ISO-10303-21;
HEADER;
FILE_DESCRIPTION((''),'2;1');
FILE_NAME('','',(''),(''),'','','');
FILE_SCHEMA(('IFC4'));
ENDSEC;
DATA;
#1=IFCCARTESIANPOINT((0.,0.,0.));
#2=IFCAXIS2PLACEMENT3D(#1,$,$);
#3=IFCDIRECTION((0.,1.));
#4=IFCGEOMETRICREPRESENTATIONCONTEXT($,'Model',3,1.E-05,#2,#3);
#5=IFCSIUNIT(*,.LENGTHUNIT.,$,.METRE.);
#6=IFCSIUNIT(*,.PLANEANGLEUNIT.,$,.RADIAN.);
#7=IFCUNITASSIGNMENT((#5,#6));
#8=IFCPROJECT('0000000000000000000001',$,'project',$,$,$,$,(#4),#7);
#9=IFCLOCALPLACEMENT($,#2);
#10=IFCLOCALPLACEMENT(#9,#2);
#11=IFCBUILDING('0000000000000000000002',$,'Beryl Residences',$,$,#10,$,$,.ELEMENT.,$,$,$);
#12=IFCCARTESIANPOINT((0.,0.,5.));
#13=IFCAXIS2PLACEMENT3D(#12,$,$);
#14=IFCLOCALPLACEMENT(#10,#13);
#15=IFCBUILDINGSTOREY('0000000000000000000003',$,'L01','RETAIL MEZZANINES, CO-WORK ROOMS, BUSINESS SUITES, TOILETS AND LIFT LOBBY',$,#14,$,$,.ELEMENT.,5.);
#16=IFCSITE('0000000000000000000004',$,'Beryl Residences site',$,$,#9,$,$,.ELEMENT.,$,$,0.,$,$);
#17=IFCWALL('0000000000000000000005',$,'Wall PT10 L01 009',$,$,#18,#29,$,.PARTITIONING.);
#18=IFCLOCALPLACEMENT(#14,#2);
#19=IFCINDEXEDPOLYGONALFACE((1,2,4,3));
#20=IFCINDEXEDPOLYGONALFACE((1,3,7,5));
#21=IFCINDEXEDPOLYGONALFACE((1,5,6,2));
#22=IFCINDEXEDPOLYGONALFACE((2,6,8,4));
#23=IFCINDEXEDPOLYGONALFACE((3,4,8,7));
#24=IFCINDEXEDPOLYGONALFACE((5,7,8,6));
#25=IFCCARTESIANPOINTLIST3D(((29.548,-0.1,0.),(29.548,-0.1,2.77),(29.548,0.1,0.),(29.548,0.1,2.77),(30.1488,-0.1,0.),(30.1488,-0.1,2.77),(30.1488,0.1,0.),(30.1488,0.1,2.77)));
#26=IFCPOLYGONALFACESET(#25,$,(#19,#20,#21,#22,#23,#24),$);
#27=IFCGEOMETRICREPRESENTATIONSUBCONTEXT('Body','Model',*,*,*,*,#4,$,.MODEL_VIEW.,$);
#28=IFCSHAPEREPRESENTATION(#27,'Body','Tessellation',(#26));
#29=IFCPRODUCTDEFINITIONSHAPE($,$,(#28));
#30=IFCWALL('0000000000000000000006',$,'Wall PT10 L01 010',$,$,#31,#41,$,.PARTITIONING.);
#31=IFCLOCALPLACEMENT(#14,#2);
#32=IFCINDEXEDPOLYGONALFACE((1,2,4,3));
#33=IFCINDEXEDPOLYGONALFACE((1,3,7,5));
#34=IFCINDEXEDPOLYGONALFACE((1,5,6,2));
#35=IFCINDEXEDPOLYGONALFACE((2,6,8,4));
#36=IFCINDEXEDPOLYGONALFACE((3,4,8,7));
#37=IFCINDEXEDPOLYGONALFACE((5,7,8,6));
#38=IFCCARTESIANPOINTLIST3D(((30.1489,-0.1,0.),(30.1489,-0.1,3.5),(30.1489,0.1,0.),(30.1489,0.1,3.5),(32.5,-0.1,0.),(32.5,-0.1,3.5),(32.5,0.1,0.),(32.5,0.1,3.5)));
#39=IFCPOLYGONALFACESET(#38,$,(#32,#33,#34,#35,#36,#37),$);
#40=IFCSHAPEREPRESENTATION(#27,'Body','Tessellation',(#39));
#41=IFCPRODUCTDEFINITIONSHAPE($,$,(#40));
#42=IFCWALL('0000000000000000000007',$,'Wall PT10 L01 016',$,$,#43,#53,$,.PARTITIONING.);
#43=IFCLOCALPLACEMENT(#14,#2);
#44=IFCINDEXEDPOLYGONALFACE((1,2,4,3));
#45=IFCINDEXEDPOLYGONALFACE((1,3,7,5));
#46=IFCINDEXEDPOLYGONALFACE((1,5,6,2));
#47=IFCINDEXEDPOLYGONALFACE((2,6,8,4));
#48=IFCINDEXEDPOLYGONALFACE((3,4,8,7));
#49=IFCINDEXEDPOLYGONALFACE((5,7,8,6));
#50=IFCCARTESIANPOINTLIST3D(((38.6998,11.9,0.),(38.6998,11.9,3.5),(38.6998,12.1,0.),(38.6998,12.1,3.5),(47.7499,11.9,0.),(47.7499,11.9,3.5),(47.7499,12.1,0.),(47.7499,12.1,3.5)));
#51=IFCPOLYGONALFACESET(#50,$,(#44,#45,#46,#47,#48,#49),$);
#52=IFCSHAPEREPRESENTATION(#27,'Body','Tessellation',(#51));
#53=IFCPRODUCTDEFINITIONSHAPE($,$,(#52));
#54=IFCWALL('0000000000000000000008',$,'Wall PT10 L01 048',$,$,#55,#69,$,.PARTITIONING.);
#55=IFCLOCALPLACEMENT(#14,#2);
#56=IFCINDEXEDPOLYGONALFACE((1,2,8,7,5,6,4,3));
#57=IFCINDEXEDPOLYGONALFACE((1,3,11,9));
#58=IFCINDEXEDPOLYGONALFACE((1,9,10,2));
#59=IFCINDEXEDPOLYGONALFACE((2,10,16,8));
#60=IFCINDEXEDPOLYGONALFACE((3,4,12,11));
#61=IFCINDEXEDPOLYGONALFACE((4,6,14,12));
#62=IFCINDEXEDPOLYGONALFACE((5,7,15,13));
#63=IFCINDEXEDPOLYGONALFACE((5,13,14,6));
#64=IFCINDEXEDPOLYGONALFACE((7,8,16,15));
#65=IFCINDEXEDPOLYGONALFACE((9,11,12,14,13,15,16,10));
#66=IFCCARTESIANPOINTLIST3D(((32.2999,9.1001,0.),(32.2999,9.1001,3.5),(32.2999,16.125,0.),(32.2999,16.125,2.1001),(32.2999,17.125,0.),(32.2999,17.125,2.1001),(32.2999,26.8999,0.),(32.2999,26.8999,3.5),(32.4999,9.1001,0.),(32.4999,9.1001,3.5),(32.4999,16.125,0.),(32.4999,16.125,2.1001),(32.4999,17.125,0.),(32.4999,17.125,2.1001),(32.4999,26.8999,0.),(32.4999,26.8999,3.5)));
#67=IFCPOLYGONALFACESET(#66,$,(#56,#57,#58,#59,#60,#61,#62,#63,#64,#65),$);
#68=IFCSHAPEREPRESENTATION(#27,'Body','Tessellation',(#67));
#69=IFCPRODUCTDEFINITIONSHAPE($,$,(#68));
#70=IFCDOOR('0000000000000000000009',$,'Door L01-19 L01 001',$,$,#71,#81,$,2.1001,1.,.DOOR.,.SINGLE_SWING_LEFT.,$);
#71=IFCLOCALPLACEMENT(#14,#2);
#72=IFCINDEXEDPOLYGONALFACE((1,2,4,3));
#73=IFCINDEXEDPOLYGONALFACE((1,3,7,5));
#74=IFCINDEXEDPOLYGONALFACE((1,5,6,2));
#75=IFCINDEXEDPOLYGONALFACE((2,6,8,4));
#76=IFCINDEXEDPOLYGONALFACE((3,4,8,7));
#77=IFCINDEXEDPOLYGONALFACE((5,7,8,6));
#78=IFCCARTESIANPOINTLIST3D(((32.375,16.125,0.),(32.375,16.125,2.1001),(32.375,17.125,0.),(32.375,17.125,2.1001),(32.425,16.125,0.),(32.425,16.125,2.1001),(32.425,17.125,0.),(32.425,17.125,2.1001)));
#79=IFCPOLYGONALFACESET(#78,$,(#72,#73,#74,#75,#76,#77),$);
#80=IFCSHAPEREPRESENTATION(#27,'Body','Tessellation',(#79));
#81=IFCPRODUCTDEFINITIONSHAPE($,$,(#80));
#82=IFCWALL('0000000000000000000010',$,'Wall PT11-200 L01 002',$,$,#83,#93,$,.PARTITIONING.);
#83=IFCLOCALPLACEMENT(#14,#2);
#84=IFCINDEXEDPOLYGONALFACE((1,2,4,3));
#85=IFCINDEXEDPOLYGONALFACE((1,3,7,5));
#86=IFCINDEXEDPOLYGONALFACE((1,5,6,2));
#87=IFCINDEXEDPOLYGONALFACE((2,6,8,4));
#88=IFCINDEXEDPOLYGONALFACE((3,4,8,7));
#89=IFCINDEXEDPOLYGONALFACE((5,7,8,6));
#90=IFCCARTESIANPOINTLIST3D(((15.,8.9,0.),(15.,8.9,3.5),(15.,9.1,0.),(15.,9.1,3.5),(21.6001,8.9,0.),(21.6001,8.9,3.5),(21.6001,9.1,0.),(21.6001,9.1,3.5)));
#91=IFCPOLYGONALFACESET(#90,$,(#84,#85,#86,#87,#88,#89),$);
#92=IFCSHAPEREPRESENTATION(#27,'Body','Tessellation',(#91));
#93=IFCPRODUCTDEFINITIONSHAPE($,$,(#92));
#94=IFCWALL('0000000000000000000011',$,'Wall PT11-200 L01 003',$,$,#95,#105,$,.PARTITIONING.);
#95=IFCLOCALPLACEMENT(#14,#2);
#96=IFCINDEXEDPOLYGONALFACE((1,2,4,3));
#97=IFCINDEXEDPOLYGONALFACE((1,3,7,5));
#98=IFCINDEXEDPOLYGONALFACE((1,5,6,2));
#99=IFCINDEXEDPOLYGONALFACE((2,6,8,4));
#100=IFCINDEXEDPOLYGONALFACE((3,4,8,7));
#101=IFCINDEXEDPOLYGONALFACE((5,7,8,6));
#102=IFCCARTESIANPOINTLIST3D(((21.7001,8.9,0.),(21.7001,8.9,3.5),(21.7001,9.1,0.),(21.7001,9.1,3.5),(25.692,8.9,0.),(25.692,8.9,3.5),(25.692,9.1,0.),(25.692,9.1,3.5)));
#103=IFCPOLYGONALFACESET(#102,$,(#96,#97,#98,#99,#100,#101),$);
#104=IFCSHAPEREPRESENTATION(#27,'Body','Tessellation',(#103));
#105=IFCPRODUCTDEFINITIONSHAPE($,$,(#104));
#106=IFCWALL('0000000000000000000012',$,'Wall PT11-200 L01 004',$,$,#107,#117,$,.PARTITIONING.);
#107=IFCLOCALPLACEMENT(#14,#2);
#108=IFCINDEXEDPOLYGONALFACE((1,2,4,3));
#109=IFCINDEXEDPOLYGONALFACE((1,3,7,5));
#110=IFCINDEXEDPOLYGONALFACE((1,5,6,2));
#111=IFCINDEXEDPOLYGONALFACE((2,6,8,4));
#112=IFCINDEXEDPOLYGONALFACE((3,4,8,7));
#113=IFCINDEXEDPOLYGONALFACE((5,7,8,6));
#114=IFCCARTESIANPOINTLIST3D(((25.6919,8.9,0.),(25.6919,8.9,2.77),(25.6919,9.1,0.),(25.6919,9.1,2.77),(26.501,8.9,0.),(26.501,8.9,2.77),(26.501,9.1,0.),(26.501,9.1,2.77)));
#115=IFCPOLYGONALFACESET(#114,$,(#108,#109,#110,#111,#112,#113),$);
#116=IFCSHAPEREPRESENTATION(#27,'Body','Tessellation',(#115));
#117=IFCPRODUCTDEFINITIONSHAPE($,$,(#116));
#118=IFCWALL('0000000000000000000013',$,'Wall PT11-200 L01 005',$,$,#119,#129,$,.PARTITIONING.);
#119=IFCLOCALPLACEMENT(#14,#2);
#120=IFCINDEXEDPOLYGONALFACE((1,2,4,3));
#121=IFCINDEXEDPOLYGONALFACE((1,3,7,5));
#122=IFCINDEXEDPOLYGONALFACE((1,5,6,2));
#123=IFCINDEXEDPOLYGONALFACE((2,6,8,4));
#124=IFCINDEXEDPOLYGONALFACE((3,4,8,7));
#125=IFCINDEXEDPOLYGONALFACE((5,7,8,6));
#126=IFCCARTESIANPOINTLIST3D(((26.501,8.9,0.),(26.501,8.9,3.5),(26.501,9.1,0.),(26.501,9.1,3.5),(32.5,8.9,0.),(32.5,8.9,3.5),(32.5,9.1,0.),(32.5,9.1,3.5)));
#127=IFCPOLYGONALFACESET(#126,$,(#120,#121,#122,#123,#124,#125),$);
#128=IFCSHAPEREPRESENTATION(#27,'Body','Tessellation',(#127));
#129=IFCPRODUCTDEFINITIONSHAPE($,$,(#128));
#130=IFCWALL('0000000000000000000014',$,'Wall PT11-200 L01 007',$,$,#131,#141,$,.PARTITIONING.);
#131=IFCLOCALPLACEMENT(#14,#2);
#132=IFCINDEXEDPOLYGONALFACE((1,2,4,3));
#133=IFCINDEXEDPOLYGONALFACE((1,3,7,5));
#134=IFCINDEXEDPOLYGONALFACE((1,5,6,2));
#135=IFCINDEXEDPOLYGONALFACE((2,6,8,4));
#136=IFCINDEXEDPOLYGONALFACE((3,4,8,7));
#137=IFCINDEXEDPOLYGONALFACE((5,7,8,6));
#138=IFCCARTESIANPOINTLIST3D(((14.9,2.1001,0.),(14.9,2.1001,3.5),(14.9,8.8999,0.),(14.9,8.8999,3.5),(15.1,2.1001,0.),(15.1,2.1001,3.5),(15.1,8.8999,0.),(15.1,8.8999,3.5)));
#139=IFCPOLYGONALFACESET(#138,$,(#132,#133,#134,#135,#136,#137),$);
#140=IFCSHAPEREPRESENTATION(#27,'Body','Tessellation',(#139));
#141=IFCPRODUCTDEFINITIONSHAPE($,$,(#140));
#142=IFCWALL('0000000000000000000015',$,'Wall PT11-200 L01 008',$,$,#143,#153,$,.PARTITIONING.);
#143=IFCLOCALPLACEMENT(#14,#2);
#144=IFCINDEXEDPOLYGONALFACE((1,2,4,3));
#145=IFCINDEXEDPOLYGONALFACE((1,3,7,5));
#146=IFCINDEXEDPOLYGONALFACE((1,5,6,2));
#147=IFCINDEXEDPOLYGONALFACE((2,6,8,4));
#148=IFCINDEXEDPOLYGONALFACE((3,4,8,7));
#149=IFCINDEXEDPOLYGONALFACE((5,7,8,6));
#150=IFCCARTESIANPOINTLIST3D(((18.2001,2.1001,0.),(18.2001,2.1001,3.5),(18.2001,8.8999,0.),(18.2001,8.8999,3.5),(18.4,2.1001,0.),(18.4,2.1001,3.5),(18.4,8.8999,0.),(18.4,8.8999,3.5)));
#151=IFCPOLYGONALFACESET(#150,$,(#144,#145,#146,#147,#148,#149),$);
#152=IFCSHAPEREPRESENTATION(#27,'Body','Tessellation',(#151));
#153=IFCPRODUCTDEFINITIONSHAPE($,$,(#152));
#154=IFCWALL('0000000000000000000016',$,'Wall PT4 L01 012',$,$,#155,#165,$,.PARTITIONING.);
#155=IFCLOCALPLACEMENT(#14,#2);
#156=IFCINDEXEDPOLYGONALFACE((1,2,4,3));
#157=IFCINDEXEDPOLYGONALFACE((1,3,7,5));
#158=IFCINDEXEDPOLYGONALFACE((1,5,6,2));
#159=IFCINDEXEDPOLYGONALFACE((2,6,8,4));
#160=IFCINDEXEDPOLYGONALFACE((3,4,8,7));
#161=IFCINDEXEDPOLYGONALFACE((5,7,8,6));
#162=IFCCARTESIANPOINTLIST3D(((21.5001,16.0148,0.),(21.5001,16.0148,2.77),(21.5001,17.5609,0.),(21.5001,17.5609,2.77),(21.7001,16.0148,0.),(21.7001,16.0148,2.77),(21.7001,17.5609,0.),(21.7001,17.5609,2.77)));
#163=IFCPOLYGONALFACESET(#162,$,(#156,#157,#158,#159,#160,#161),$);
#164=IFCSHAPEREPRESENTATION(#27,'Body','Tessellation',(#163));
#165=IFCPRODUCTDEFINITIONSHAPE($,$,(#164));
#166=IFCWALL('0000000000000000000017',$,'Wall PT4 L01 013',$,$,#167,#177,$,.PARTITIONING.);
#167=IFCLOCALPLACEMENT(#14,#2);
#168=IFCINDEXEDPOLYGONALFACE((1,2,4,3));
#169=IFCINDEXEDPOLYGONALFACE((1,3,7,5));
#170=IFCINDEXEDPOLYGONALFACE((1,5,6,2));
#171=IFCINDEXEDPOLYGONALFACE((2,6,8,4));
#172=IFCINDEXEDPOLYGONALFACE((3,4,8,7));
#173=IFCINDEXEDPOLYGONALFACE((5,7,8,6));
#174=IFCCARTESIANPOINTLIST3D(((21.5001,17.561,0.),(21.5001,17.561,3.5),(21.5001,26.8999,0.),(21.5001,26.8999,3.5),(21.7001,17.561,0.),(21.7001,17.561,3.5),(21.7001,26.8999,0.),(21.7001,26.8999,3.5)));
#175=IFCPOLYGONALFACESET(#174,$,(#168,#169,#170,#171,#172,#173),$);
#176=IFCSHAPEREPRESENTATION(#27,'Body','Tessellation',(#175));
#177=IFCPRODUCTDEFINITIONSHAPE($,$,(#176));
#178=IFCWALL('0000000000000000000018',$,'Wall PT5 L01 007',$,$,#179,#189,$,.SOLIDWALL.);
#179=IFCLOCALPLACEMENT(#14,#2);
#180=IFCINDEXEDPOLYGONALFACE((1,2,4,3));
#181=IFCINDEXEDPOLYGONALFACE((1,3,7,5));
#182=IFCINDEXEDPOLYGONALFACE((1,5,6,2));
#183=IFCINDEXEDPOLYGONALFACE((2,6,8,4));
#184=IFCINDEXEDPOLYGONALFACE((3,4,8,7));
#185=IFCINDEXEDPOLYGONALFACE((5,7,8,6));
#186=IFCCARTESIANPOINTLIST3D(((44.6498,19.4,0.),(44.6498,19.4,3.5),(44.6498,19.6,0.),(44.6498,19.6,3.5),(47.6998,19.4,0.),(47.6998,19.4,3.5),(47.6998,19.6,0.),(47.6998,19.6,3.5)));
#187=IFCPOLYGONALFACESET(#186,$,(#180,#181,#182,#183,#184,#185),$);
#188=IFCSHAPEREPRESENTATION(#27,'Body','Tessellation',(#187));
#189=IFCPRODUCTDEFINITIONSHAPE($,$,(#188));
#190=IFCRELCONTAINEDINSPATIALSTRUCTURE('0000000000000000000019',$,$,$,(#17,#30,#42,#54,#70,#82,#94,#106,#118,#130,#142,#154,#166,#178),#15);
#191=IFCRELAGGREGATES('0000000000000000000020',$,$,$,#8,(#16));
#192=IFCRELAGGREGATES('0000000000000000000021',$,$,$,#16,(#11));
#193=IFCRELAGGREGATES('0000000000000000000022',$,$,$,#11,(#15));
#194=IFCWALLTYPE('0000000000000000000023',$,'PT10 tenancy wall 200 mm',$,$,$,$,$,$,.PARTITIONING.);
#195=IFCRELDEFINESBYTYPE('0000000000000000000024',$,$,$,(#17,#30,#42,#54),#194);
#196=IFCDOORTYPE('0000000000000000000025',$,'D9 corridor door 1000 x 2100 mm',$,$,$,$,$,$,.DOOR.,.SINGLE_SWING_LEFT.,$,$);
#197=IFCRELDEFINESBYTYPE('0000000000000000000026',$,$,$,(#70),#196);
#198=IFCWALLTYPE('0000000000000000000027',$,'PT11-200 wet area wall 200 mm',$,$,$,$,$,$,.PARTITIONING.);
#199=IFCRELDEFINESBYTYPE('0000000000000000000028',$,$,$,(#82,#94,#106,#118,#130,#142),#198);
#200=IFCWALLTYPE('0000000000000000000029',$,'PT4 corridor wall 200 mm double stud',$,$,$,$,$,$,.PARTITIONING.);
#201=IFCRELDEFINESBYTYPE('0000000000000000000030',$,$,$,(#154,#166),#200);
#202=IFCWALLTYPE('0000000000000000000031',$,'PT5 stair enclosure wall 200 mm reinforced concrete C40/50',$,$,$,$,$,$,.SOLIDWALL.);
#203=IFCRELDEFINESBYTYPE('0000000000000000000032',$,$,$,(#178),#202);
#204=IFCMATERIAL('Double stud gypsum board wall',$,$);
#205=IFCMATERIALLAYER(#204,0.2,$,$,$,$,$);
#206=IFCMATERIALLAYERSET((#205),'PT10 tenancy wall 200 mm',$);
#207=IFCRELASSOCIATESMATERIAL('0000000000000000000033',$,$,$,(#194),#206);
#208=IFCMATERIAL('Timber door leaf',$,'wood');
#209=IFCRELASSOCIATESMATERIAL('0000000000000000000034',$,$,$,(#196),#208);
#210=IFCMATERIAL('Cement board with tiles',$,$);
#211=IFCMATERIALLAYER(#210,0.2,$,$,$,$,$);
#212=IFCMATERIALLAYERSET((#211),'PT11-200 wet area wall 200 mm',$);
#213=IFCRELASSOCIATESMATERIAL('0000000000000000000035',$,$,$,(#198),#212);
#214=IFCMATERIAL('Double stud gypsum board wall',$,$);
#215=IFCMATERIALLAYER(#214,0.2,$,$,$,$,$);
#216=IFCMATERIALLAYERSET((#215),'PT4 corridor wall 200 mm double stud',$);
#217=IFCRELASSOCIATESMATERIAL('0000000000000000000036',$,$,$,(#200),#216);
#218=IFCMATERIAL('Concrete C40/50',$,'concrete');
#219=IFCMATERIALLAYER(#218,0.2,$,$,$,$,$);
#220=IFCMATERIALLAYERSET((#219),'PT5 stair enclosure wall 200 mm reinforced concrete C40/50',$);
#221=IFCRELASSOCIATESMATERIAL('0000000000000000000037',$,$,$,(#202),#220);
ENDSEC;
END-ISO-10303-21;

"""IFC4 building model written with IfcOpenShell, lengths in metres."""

from ifc_helpers import new_model, si_unit, direction, frame, frame_2d, origin, place, context, subcontext, project, spatial, rectangle, extrude, material, layer, layer_set, type_object, element, fill, save


model = new_model("IFC4")

# Units and contexts
model_context = context("Model", 3, precision=1e-05, world=origin(), true_north=direction((0.0, 1.0)))
body_context = subcontext(model_context, "Body", "Model", "MODEL_VIEW")
ifc_project = project(units=[si_unit("LENGTHUNIT", "METRE"), si_unit("PLANEANGLEUNIT", "RADIAN")], contexts=[model_context])

# Site, building, storey
site_placement = place(None, origin())
site = spatial("IfcSite", under=ifc_project, at=site_placement, Name="Beryl Residences site", CompositionType="ELEMENT", RefElevation=0.0)
building_placement = place(site_placement, origin())
building = spatial("IfcBuilding", under=site, at=building_placement, Name="Beryl Residences", CompositionType="ELEMENT")
storey_placement = place(building_placement, frame((0.0, 0.0, 5.0)))
storey = spatial("IfcBuildingStorey", under=building, at=storey_placement, Name="L01", Description="RETAIL MEZZANINES, CO-WORK ROOMS, BUSINESS SUITES, TOILETS AND LIFT LOBBY", CompositionType="ELEMENT", Elevation=5.0)

# Walls
ifc_material_1 = material(Name="Double stud gypsum board wall")
ifc_layer_1 = layer(ifc_material_1, 0.2)
ifc_layer_set_1 = layer_set([ifc_layer_1], Name="PT10 tenancy wall 200 mm")
wall_type_1 = type_object("IfcWallType", Name="PT10 tenancy wall 200 mm", PredefinedType="PARTITIONING", material=ifc_layer_set_1)
wall_1_placement = place(storey_placement, frame((29.5481, 0.0, 0.0), z_axis=(0.0, 0.0, 1.0), x_axis=(1.0, 0.0, 0.0)))
element("IfcWall", 1, at=wall_1_placement, inside=storey, type_object=wall_type_1, Name="Wall PT10 L01 009", PredefinedType="PARTITIONING", context=body_context, shape_type="SweptSolid", body=[
    extrude(rectangle(XDim=0.6008, YDim=0.2, at=frame_2d((0.3003, 0.0))), origin(), (0.0, 0.0, 1.0), 2.77),
])
wall_2_placement = place(storey_placement, frame((30.1489, 0.0, 0.0), z_axis=(0.0, 0.0, 1.0), x_axis=(1.0, 0.0, 0.0)))
element("IfcWall", 2, at=wall_2_placement, inside=storey, type_object=wall_type_1, Name="Wall PT10 L01 010", PredefinedType="PARTITIONING", context=body_context, shape_type="SweptSolid", body=[
    extrude(rectangle(XDim=2.3511, YDim=0.2, at=frame_2d((1.1755, 0.0))), origin(), (0.0, 0.0, 1.0), 3.5),
])
wall_3_placement = place(storey_placement, frame((38.7, 12.0, 0.0), z_axis=(0.0, 0.0, 1.0), x_axis=(1.0, 0.0, 0.0)))
element("IfcWall", 3, at=wall_3_placement, inside=storey, type_object=wall_type_1, Name="Wall PT10 L01 016", PredefinedType="PARTITIONING", context=body_context, shape_type="SweptSolid", body=[
    extrude(rectangle(XDim=9.05, YDim=0.2, at=frame_2d((4.5249, 0.0))), origin(), (0.0, 0.0, 1.0), 3.5),
])

# Wall, opening, door
wall_4_placement = place(storey_placement, frame((32.3999, 9.1001, 0.0), z_axis=(0.0, 0.0, 1.0), x_axis=(0.0, 1.0, 0.0)))
wall_4 = element("IfcWall", 4, at=wall_4_placement, inside=storey, type_object=wall_type_1, Name="Wall PT10 L01 048", PredefinedType="PARTITIONING", context=body_context, shape_type="SweptSolid", body=[
    extrude(rectangle(XDim=17.7998, YDim=0.2, at=frame_2d((8.8999, 0.0))), origin(), (0.0, 0.0, 1.0), 3.5),
])
opening_placement = place(wall_4_placement, frame((7.0249, 0.0, 0.0)))
opening = element("IfcOpeningElement", 5, at=opening_placement, cuts=wall_4, PredefinedType="OPENING", context=body_context, shape_type="SweptSolid", body=[
    extrude(rectangle(XDim=1.0, YDim=2.1001, at=frame_2d((0.5, 1.05))), frame((0.0, 0.1099, 0.0), z_axis=(0.0, -1.0, 0.0), x_axis=(1.0, 0.0, 0.0)), (0.0, 0.0, 1.0), 0.22),
])
ifc_material_2 = material(Name="Timber door leaf", Category="wood")
door_type = type_object("IfcDoorType", Name="D9 corridor door 1000 x 2100 mm", OperationType="SINGLE_SWING_LEFT", PredefinedType="DOOR", material=ifc_material_2)
door_placement = place(opening_placement, origin())
door = element("IfcDoor", 6, at=door_placement, inside=storey, type_object=door_type, Name="Door L01-19 L01 001", OperationType="SINGLE_SWING_LEFT", OverallHeight=2.1001, OverallWidth=1.0, PredefinedType="DOOR", context=body_context, shape_type="SweptSolid", body=[
    extrude(rectangle(XDim=1.0, YDim=2.1001, at=frame_2d((0.5, 1.05))), frame((0.0, 0.0249, 0.0), z_axis=(0.0, -1.0, 0.0), x_axis=(1.0, 0.0, 0.0)), (0.0, 0.0, 1.0), 0.05),
])
fill(opening, door)

# Walls
ifc_material_3 = material(Name="Cement board with tiles")
ifc_layer_2 = layer(ifc_material_3, 0.2)
ifc_layer_set_2 = layer_set([ifc_layer_2], Name="PT11-200 wet area wall 200 mm")
wall_type_2 = type_object("IfcWallType", Name="PT11-200 wet area wall 200 mm", PredefinedType="PARTITIONING", material=ifc_layer_set_2)
wall_5_placement = place(storey_placement, frame((15.0, 9.0, 0.0), z_axis=(0.0, 0.0, 1.0), x_axis=(1.0, 0.0, 0.0)))
element("IfcWall", 7, at=wall_5_placement, inside=storey, type_object=wall_type_2, Name="Wall PT11-200 L01 002", PredefinedType="PARTITIONING", context=body_context, shape_type="SweptSolid", body=[
    extrude(rectangle(XDim=6.6001, YDim=0.2, at=frame_2d((3.3, 0.0))), origin(), (0.0, 0.0, 1.0), 3.5),
])
wall_6_placement = place(storey_placement, frame((21.7, 9.0, 0.0), z_axis=(0.0, 0.0, 1.0), x_axis=(1.0, 0.0, 0.0)))
element("IfcWall", 8, at=wall_6_placement, inside=storey, type_object=wall_type_2, Name="Wall PT11-200 L01 003", PredefinedType="PARTITIONING", context=body_context, shape_type="SweptSolid", body=[
    extrude(rectangle(XDim=3.9919, YDim=0.2, at=frame_2d((1.9961, 0.0))), origin(), (0.0, 0.0, 1.0), 3.5),
])
wall_7_placement = place(storey_placement, frame((25.6919, 9.0, 0.0), z_axis=(0.0, 0.0, 1.0), x_axis=(1.0, 0.0, 0.0)))
element("IfcWall", 9, at=wall_7_placement, inside=storey, type_object=wall_type_2, Name="Wall PT11-200 L01 004", PredefinedType="PARTITIONING", context=body_context, shape_type="SweptSolid", body=[
    extrude(rectangle(XDim=0.8091, YDim=0.2, at=frame_2d((0.4045, 0.0))), origin(), (0.0, 0.0, 1.0), 2.77),
])
wall_8_placement = place(storey_placement, frame((26.501, 9.0, 0.0), z_axis=(0.0, 0.0, 1.0), x_axis=(1.0, 0.0, 0.0)))
element("IfcWall", 10, at=wall_8_placement, inside=storey, type_object=wall_type_2, Name="Wall PT11-200 L01 005", PredefinedType="PARTITIONING", context=body_context, shape_type="SweptSolid", body=[
    extrude(rectangle(XDim=5.999, YDim=0.2, at=frame_2d((2.9995, 0.0))), origin(), (0.0, 0.0, 1.0), 3.5),
])
for number, where, z_axis, x_axis, name in (
    (11, (15.0, 2.1001, 0.0), (0.0, 0.0, 1.0), (0.0, 1.0, 0.0), "Wall PT11-200 L01 007"),
    (12, (18.3, 2.1001, 0.0), (0.0, 0.0, 1.0), (0.0, 1.0, 0.0), "Wall PT11-200 L01 008"),
):
    element("IfcWall", number, at=place(storey_placement, frame(where, z_axis=z_axis, x_axis=x_axis)), inside=storey, type_object=wall_type_2, Name=name, PredefinedType="PARTITIONING", context=body_context, shape_type="SweptSolid", body=[
        extrude(rectangle(XDim=6.7998, YDim=0.2, at=frame_2d((3.3999, 0.0))), origin(), (0.0, 0.0, 1.0), 3.5),
    ])
ifc_material_4 = material(Name="Double stud gypsum board wall")
ifc_layer_3 = layer(ifc_material_4, 0.2)
ifc_layer_set_3 = layer_set([ifc_layer_3], Name="PT4 corridor wall 200 mm double stud")
wall_type_3 = type_object("IfcWallType", Name="PT4 corridor wall 200 mm double stud", PredefinedType="PARTITIONING", material=ifc_layer_set_3)
wall_9_placement = place(storey_placement, frame((21.6001, 16.0149, 0.0), z_axis=(0.0, 0.0, 1.0), x_axis=(0.0, 1.0, 0.0)))
element("IfcWall", 13, at=wall_9_placement, inside=storey, type_object=wall_type_3, Name="Wall PT4 L01 012", PredefinedType="PARTITIONING", context=body_context, shape_type="SweptSolid", body=[
    extrude(rectangle(XDim=1.5461, YDim=0.2, at=frame_2d((0.7729, 0.0))), origin(), (0.0, 0.0, 1.0), 2.77),
])
wall_10_placement = place(storey_placement, frame((21.6001, 17.561, 0.0), z_axis=(0.0, 0.0, 1.0), x_axis=(0.0, 1.0, 0.0)))
element("IfcWall", 14, at=wall_10_placement, inside=storey, type_object=wall_type_3, Name="Wall PT4 L01 013", PredefinedType="PARTITIONING", context=body_context, shape_type="SweptSolid", body=[
    extrude(rectangle(XDim=9.3389, YDim=0.2, at=frame_2d((4.6694, 0.0))), origin(), (0.0, 0.0, 1.0), 3.5),
])
ifc_material_5 = material(Name="Concrete C40/50", Category="concrete")
ifc_layer_4 = layer(ifc_material_5, 0.2)
ifc_layer_set_4 = layer_set([ifc_layer_4], Name="PT5 stair enclosure wall 200 mm reinforced concrete C40/50")
wall_type_4 = type_object("IfcWallType", Name="PT5 stair enclosure wall 200 mm reinforced concrete C40/50", PredefinedType="SOLIDWALL", material=ifc_layer_set_4)
wall_11_placement = place(storey_placement, frame((44.6499, 19.5, 0.0), z_axis=(0.0, 0.0, 1.0), x_axis=(1.0, 0.0, 0.0)))
element("IfcWall", 15, at=wall_11_placement, inside=storey, type_object=wall_type_4, Name="Wall PT5 L01 007", PredefinedType="SOLIDWALL", context=body_context, shape_type="SweptSolid", body=[
    extrude(rectangle(XDim=3.05, YDim=0.2, at=frame_2d((1.5249, 0.0))), origin(), (0.0, 0.0, 1.0), 3.5),
])

save(model, "model.ifc")
